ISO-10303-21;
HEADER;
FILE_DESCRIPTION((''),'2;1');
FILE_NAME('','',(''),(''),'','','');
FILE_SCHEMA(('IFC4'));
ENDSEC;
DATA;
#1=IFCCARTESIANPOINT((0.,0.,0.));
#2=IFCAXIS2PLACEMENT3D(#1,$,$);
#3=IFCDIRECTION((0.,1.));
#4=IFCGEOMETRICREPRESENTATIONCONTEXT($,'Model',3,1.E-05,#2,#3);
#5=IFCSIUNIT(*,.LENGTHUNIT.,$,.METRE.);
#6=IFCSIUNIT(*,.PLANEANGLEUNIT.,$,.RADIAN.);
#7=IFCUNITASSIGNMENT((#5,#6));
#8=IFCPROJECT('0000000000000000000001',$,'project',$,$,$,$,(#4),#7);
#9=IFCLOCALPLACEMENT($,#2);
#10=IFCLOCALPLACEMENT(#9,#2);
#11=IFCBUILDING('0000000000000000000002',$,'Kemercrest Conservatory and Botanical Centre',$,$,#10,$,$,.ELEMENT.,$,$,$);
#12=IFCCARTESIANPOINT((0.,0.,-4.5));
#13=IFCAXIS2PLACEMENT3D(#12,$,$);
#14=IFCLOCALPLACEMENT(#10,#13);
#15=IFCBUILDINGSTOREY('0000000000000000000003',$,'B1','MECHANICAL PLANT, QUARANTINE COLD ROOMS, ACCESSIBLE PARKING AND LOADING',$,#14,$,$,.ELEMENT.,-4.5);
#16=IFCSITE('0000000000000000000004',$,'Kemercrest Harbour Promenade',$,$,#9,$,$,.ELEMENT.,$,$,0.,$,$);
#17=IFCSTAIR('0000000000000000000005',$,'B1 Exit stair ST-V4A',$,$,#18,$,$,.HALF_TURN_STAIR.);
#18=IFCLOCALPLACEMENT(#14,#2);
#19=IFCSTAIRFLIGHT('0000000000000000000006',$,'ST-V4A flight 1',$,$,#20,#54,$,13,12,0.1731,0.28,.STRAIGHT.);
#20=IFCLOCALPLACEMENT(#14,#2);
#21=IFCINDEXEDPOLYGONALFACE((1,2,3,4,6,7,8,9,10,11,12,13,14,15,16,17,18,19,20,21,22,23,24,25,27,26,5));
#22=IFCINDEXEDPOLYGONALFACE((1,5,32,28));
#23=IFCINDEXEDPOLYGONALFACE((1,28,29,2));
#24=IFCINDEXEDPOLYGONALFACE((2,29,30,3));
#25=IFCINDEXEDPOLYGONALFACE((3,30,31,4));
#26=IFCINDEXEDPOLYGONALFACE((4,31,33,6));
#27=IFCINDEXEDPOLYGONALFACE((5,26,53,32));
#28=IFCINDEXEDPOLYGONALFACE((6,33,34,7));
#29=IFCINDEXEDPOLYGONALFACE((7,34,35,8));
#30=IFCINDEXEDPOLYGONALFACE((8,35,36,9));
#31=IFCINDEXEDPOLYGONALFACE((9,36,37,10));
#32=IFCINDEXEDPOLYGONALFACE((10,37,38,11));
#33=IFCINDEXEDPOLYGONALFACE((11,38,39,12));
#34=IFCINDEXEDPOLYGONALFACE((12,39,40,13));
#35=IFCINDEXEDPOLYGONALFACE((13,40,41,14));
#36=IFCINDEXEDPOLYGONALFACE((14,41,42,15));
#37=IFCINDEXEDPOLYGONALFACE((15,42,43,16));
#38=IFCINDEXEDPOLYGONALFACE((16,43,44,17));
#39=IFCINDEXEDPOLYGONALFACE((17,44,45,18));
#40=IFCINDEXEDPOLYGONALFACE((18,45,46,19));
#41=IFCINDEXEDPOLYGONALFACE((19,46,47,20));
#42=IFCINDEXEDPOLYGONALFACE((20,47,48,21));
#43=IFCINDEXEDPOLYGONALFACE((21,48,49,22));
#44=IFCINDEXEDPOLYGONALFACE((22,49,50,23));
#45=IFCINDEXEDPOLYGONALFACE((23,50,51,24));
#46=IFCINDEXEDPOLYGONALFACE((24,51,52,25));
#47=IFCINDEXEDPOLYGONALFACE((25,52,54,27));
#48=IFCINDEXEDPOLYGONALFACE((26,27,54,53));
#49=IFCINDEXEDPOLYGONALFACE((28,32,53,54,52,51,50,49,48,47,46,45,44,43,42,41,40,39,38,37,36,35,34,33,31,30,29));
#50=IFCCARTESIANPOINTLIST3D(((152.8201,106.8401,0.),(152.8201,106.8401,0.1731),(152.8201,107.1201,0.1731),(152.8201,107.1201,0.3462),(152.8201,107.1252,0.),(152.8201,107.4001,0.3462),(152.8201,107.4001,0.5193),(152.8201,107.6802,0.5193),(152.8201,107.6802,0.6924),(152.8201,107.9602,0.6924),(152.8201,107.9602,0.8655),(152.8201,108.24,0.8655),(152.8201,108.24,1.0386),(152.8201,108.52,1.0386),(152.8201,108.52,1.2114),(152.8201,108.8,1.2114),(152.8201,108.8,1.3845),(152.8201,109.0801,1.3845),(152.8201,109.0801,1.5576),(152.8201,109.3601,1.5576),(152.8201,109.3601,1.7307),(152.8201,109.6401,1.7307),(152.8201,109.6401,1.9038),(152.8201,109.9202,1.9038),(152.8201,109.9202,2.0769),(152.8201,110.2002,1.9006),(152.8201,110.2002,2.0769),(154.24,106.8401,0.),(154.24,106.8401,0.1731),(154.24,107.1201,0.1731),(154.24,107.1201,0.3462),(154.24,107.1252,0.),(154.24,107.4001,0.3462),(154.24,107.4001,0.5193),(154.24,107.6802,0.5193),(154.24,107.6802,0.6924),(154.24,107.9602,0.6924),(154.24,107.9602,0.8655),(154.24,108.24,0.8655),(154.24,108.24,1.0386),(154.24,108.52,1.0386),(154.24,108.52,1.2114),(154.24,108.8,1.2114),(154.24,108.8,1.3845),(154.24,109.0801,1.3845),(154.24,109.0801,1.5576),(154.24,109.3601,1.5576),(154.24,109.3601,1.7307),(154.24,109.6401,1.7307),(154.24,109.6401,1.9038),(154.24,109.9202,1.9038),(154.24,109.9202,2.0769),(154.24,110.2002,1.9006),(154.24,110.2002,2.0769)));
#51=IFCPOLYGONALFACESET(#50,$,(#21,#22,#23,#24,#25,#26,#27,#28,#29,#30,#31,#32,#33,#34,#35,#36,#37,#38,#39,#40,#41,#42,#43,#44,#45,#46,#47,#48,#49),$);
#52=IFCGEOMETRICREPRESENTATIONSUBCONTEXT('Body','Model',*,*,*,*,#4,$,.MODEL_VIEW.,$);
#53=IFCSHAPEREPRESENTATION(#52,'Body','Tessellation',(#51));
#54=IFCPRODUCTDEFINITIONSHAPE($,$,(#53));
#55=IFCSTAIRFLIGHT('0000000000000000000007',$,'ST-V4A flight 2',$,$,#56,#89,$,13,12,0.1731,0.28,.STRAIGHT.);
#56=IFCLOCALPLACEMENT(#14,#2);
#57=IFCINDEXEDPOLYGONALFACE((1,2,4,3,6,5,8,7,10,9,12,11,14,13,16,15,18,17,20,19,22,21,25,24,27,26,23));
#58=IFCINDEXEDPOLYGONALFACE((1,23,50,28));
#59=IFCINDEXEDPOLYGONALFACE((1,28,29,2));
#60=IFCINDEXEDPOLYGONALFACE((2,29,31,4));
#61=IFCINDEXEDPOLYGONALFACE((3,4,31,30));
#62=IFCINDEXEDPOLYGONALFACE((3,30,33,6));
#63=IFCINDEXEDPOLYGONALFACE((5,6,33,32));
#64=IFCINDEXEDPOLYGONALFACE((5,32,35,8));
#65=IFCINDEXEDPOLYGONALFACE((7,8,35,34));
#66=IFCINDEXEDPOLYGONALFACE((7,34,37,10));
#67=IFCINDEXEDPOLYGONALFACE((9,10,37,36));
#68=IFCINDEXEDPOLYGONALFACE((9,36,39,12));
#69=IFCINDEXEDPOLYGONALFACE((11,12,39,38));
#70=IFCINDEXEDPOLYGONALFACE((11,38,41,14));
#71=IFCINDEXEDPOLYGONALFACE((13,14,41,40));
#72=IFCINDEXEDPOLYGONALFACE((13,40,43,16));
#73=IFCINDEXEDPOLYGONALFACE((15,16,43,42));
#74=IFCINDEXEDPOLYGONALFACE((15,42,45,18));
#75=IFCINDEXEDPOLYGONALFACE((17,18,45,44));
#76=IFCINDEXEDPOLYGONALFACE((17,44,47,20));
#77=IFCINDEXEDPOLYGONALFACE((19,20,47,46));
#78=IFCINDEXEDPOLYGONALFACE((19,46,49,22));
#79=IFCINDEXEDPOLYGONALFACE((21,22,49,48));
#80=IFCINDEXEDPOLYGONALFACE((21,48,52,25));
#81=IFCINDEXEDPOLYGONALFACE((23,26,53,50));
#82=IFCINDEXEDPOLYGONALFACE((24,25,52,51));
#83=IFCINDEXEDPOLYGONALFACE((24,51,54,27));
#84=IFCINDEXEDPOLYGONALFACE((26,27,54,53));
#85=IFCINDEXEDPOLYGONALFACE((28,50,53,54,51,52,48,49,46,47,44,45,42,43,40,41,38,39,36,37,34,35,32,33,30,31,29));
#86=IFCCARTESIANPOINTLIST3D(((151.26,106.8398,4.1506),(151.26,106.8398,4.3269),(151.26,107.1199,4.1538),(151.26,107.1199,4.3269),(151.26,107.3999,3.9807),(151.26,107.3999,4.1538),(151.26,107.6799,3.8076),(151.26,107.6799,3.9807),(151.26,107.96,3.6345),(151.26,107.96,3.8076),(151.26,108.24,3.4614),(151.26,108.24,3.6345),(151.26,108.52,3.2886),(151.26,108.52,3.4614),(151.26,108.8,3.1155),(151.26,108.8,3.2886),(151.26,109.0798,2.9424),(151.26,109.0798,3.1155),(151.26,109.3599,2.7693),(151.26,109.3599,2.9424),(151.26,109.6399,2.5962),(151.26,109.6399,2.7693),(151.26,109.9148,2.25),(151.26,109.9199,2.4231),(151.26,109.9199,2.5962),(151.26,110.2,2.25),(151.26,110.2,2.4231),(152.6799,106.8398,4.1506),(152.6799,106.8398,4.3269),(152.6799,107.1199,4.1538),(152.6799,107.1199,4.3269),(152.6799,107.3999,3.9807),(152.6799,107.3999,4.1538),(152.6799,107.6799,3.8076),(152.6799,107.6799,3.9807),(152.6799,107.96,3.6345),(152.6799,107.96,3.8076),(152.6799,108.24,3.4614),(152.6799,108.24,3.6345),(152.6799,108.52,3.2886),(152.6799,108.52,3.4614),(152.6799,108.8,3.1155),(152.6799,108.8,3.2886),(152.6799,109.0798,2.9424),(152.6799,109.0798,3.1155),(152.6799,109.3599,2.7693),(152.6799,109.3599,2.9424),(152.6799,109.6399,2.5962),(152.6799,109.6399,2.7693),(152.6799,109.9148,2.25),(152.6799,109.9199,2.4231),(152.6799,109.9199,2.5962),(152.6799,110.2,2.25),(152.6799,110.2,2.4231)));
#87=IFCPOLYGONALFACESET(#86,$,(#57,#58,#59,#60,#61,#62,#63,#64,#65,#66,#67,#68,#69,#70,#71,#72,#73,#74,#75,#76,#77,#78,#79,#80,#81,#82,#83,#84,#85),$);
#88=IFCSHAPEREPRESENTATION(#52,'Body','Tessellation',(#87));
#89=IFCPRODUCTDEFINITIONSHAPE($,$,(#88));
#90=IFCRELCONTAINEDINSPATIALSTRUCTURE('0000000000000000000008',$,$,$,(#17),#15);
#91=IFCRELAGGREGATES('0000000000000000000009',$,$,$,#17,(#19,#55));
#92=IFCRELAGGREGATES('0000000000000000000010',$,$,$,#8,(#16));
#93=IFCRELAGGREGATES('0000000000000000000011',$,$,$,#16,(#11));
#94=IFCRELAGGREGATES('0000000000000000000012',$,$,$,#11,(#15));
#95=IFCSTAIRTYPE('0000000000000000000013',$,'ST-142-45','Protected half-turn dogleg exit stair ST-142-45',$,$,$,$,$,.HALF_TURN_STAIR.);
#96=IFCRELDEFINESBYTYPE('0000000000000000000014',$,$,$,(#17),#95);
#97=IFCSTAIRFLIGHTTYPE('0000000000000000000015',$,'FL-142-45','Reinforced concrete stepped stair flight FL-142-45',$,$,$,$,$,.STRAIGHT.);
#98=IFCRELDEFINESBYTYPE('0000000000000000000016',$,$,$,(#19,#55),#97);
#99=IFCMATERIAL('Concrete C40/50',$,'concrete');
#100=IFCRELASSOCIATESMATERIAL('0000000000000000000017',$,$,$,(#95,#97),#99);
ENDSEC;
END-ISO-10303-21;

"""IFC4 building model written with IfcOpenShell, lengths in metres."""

from ifc_helpers import new_model, si_unit, direction, frame, origin, place, context, subcontext, project, spatial, polyline, outline, extrude, material, type_object, element, aggregate, save


model = new_model("IFC4")

# Units and contexts
model_context = context("Model", 3, precision=1e-05, world=origin(), true_north=direction((0.0, 1.0)))
body_context = subcontext(model_context, "Body", "Model", "MODEL_VIEW")
ifc_project = project(units=[si_unit("LENGTHUNIT", "METRE"), si_unit("PLANEANGLEUNIT", "RADIAN")], contexts=[model_context])

# Site, building, storey
site_placement = place(None, origin())
site = spatial("IfcSite", under=ifc_project, at=site_placement, Name="Kemercrest Harbour Promenade", CompositionType="ELEMENT", RefElevation=0.0)
building_placement = place(site_placement, origin())
building = spatial("IfcBuilding", under=site, at=building_placement, Name="Kemercrest Conservatory and Botanical Centre", CompositionType="ELEMENT")
storey_placement = place(building_placement, frame((0.0, 0.0, -4.5)))
storey = spatial("IfcBuildingStorey", under=building, at=storey_placement, Name="B1", Description="MECHANICAL PLANT, QUARANTINE COLD ROOMS, ACCESSIBLE PARKING AND LOADING", CompositionType="ELEMENT", Elevation=-4.5)

# Shared definitions
ifc_material_1 = material(Name="Concrete C40/50", Category="concrete")

# Stair, stair flights
stair_type = type_object("IfcStairType", Name="ST-142-45", Description="Protected half-turn dogleg exit stair ST-142-45", PredefinedType="HALF_TURN_STAIR", material=ifc_material_1)
stair_placement = place(storey_placement, origin())
stair = element("IfcStair", 1, at=stair_placement, inside=storey, type_object=stair_type, Name="B1 Exit stair ST-V4A", PredefinedType="HALF_TURN_STAIR")
stair_flight_type = type_object("IfcStairFlightType", Name="FL-142-45", Description="Reinforced concrete stepped stair flight FL-142-45", PredefinedType="STRAIGHT", material=ifc_material_1)
stair_flight_1_placement = place(storey_placement, frame((153.53, 106.8401, 0.0), z_axis=(0.0, 0.0, 1.0), x_axis=(0.0, 1.0, 0.0)))
stair_flight_1 = element("IfcStairFlight", 2, at=stair_flight_1_placement, type_object=stair_flight_type, Name="ST-V4A flight 1", NumberOfRisers=13, NumberOfTreads=12, PredefinedType="STRAIGHT", RiserHeight=0.1731, TreadLength=0.28, context=body_context, shape_type="SweptSolid", body=[
    extrude(outline(polyline([(0.0, 0.0), (0.0, 0.1731), (0.28, 0.1731), (0.28, 0.3462), (0.5601, 0.3462), (0.5601, 0.5193), (0.8401, 0.5193), (0.8401, 0.6924), (1.1201, 0.6924), (1.1201, 0.8655), (1.3999, 0.8655), (1.3999, 1.0386), (1.6799, 1.0386), (1.6799, 1.2114), (1.96, 1.2114), (1.96, 1.3845), (2.24, 1.3845), (2.24, 1.5576), (2.52, 1.5576), (2.52, 1.7307), (2.8, 1.7307), (2.8, 1.9038), (3.0801, 1.9038), (3.0801, 2.0769), (3.3601, 2.0769), (3.3601, 2.25), (3.3601, 1.9006), (0.2852, 0.0), (0.0, 0.0)])), frame((0.0, 0.71, 0.0), z_axis=(0.0, -1.0, 0.0), x_axis=(1.0, 0.0, 0.0)), (0.0, 0.0, 1.0), 1.4199),
])
stair_flight_2_placement = place(storey_placement, frame((151.97, 110.2, 2.25), z_axis=(0.0, 0.0, 1.0), x_axis=(0.0, -1.0, 0.0)))
stair_flight_2 = element("IfcStairFlight", 3, at=stair_flight_2_placement, type_object=stair_flight_type, Name="ST-V4A flight 2", NumberOfRisers=13, NumberOfTreads=12, PredefinedType="STRAIGHT", RiserHeight=0.1731, TreadLength=0.28, context=body_context, shape_type="SweptSolid", body=[
    extrude(outline(polyline([(0.0, 0.0), (0.0, 0.1731), (0.28, 0.1731), (0.28, 0.3462), (0.5601, 0.3462), (0.5601, 0.5193), (0.8401, 0.5193), (0.8401, 0.6924), (1.1201, 0.6924), (1.1201, 0.8655), (1.3999, 0.8655), (1.3999, 1.0386), (1.6799, 1.0386), (1.6799, 1.2114), (1.96, 1.2114), (1.96, 1.3845), (2.24, 1.3845), (2.24, 1.5576), (2.52, 1.5576), (2.52, 1.7307), (2.8, 1.7307), (2.8, 1.9038), (3.0801, 1.9038), (3.0801, 2.0769), (3.3601, 2.0769), (3.3601, 2.25), (3.3601, 1.9006), (0.2852, 0.0), (0.0, 0.0)])), frame((0.0, 0.71, 0.0), z_axis=(0.0, -1.0, 0.0), x_axis=(1.0, 0.0, 0.0)), (0.0, 0.0, 1.0), 1.4199),
])
aggregate(stair, [stair_flight_1, stair_flight_2])

save(model, "model.ifc")
